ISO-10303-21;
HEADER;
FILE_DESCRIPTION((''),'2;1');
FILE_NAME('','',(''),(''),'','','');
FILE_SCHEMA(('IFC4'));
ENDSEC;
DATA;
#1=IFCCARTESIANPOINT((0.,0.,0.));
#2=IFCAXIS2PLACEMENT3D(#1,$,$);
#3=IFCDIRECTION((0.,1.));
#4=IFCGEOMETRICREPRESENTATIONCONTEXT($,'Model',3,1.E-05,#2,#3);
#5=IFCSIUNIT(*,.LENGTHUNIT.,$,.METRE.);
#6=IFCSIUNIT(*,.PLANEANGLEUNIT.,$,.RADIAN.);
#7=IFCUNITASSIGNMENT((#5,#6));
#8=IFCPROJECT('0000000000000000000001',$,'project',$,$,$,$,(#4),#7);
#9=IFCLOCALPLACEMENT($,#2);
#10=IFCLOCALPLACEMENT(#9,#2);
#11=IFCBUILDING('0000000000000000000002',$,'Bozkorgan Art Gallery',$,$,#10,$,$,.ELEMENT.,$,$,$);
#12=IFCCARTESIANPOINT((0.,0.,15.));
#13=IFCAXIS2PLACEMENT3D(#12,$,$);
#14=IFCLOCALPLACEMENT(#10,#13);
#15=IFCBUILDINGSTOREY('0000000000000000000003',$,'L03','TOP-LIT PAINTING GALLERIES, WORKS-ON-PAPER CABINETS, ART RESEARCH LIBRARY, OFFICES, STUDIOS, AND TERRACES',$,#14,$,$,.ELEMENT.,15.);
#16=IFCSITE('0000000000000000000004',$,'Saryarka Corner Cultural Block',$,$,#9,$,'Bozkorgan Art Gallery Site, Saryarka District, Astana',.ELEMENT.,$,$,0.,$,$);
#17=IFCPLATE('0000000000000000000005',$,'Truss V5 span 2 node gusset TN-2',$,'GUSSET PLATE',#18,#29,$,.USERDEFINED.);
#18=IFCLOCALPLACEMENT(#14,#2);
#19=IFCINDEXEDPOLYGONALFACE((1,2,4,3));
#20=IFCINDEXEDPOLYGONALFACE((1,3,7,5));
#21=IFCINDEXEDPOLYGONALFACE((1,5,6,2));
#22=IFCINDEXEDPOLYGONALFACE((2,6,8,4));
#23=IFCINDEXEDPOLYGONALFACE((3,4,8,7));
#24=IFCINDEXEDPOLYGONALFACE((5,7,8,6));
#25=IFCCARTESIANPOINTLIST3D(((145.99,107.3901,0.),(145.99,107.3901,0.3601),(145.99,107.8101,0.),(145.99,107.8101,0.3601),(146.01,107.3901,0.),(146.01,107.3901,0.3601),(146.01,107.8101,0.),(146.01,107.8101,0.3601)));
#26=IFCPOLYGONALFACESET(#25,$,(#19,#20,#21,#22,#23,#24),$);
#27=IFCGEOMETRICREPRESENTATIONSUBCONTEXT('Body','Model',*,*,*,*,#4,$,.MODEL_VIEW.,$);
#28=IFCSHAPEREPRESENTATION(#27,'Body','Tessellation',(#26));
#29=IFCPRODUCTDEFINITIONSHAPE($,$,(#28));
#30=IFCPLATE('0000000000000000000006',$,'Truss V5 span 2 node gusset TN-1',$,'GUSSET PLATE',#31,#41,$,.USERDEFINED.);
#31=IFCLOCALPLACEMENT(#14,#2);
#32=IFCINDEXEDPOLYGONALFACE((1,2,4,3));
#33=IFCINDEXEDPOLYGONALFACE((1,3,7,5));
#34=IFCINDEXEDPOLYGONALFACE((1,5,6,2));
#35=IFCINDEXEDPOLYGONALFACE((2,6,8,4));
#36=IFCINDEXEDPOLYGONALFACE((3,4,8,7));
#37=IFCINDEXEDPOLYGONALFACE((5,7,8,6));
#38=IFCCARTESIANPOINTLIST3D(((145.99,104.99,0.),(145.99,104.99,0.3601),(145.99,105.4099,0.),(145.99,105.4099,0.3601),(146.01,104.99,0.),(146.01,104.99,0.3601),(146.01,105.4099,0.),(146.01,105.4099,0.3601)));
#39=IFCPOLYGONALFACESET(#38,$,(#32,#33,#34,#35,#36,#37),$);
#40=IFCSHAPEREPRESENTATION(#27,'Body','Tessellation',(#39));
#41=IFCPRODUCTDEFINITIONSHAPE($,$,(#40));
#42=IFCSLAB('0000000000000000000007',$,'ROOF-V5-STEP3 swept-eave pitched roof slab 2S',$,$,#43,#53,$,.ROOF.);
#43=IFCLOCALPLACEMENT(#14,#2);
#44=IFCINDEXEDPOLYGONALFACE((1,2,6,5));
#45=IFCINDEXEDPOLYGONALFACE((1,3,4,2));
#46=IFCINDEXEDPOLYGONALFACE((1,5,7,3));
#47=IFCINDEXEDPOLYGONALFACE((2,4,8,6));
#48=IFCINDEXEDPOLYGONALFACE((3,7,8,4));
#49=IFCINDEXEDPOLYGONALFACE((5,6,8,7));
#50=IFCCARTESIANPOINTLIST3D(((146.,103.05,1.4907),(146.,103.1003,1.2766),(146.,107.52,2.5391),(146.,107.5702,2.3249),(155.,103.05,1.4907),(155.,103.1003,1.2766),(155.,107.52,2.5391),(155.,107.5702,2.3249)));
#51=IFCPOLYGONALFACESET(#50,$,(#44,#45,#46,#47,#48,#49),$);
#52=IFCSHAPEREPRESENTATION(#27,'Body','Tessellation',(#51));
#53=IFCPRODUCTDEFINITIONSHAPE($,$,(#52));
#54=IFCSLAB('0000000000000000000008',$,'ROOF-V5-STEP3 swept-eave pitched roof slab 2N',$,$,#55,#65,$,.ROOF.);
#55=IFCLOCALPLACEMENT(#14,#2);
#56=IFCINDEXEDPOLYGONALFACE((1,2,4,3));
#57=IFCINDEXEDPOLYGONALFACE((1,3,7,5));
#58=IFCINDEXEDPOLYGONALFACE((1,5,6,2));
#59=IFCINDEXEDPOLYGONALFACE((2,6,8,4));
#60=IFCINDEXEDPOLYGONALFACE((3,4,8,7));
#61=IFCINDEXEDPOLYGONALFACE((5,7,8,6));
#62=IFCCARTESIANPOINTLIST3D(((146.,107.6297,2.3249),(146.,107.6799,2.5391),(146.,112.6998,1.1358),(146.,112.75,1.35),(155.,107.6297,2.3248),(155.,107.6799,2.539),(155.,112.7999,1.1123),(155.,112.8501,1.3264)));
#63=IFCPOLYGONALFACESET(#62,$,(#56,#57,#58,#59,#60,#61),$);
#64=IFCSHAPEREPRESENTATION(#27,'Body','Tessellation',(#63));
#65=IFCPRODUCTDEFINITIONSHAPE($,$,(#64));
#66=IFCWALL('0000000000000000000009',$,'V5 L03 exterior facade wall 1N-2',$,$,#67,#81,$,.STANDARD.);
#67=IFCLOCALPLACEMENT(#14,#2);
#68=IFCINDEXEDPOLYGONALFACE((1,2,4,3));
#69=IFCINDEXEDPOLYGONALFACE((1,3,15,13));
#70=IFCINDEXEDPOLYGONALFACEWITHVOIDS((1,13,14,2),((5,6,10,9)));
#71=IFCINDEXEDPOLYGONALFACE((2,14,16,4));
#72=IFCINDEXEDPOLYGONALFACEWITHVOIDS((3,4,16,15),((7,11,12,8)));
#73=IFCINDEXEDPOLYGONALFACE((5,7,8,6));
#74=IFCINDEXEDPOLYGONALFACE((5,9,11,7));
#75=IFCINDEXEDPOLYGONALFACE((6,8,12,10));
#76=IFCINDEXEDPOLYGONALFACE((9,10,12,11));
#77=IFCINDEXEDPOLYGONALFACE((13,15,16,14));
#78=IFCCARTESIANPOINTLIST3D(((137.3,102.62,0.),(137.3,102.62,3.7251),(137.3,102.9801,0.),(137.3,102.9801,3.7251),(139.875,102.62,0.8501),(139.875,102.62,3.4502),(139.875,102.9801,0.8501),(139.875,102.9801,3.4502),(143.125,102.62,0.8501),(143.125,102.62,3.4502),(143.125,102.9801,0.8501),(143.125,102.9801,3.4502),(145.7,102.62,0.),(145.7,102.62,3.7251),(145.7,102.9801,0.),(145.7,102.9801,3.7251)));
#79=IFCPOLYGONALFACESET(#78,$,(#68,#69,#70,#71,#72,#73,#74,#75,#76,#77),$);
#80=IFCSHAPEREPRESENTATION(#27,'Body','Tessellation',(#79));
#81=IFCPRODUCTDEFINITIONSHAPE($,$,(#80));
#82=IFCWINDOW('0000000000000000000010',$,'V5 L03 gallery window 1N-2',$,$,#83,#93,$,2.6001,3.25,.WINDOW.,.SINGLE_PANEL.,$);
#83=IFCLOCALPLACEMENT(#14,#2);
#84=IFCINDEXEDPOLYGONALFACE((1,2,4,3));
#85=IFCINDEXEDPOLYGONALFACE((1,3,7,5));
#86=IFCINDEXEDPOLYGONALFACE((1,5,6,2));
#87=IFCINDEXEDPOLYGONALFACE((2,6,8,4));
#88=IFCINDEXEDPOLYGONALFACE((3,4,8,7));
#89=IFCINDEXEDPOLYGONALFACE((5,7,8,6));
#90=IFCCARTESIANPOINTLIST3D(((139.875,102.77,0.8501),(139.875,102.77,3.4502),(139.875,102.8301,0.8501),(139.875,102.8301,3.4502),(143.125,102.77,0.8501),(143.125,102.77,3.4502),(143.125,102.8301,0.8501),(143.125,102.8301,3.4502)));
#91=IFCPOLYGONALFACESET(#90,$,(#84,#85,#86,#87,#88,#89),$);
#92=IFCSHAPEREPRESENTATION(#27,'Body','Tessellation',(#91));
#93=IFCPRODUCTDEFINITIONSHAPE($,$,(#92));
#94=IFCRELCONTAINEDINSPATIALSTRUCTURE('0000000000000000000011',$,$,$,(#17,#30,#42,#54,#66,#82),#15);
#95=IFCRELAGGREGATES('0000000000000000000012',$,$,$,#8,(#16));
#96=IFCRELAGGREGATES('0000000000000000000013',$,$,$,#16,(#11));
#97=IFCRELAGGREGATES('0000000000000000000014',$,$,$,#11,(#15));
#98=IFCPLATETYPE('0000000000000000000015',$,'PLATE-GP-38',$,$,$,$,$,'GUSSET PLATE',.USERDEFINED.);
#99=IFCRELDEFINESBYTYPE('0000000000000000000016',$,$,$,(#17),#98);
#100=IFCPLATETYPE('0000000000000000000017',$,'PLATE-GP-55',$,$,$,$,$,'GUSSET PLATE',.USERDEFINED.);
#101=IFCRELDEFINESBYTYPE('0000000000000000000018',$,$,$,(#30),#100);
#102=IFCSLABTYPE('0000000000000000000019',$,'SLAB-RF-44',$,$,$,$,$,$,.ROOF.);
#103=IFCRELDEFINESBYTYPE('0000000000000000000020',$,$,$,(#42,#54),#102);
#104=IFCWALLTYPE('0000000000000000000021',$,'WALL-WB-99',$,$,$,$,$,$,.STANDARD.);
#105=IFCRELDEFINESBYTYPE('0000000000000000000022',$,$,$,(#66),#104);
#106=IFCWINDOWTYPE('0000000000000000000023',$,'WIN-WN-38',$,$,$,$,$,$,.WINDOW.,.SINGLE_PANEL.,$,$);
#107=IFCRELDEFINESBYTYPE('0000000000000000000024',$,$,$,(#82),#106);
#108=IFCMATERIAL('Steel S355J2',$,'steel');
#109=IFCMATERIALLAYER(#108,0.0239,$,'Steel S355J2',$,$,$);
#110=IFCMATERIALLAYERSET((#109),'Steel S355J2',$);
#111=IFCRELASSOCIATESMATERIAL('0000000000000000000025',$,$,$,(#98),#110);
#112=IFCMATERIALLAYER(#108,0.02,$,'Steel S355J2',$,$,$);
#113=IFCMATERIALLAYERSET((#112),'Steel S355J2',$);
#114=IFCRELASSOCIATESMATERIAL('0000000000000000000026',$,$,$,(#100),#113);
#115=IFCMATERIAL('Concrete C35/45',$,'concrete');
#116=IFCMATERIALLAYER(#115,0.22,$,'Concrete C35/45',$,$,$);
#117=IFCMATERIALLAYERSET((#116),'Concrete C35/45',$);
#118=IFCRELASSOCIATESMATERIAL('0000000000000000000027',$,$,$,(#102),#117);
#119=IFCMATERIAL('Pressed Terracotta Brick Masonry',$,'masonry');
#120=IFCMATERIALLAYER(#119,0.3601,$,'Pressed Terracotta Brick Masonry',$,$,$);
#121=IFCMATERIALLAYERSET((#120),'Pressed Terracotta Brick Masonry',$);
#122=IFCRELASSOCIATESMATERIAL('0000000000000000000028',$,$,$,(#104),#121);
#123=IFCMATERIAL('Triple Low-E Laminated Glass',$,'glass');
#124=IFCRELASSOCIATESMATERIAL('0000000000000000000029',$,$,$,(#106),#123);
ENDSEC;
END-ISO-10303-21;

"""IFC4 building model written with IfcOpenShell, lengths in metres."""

from ifc_helpers import new_model, si_unit, direction, frame, frame_2d, origin, origin_2d, place, context, subcontext, project, spatial, polyline, rectangle, outline, extrude, material, layer, layer_set, type_object, element, fill, save


model = new_model("IFC4")

# Units and contexts
model_context = context("Model", 3, precision=1e-05, world=origin(), true_north=direction((0.0, 1.0)))
body_context = subcontext(model_context, "Body", "Model", "MODEL_VIEW")
ifc_project = project(units=[si_unit("LENGTHUNIT", "METRE"), si_unit("PLANEANGLEUNIT", "RADIAN")], contexts=[model_context])

# Site, building, storey
site_placement = place(None, origin())
site = spatial("IfcSite", under=ifc_project, at=site_placement, Name="Saryarka Corner Cultural Block", LongName="Bozkorgan Art Gallery Site, Saryarka District, Astana", CompositionType="ELEMENT", RefElevation=0.0)
building_placement = place(site_placement, origin())
building = spatial("IfcBuilding", under=site, at=building_placement, Name="Bozkorgan Art Gallery", CompositionType="ELEMENT")
storey_placement = place(building_placement, frame((0.0, 0.0, 15.0)))
storey = spatial("IfcBuildingStorey", under=building, at=storey_placement, Name="L03", Description="TOP-LIT PAINTING GALLERIES, WORKS-ON-PAPER CABINETS, ART RESEARCH LIBRARY, OFFICES, STUDIOS, AND TERRACES", CompositionType="ELEMENT", Elevation=15.0)

# Shared definitions
ifc_material_1 = material(Name="Steel S355J2", Category="steel")

# Plates
ifc_layer_1 = layer(ifc_material_1, 0.0239, Name="Steel S355J2")
ifc_layer_set_1 = layer_set([ifc_layer_1], Name="Steel S355J2")
plate_type_1 = type_object("IfcPlateType", Name="PLATE-GP-38", ElementType="GUSSET PLATE", PredefinedType="USERDEFINED", material=ifc_layer_set_1)
plate_1_placement = place(storey_placement, frame((146.0, 107.6001, 0.0), z_axis=(0.0, 0.0, 1.0), x_axis=(1.0, 0.0, 0.0)))
element("IfcPlate", 1, at=plate_1_placement, inside=storey, type_object=plate_type_1, Name="Truss V5 span 2 node gusset TN-2", ObjectType="GUSSET PLATE", PredefinedType="USERDEFINED", context=body_context, shape_type="SweptSolid", body=[
    extrude(rectangle(XDim=0.02, YDim=0.4199, at=origin_2d()), origin(), (0.0, 0.0, 1.0), 0.3601),
])
ifc_layer_2 = layer(ifc_material_1, 0.02, Name="Steel S355J2")
ifc_layer_set_2 = layer_set([ifc_layer_2], Name="Steel S355J2")
plate_type_2 = type_object("IfcPlateType", Name="PLATE-GP-55", ElementType="GUSSET PLATE", PredefinedType="USERDEFINED", material=ifc_layer_set_2)
plate_2_placement = place(storey_placement, frame((146.0, 105.2, 0.0), z_axis=(0.0, 0.0, 1.0), x_axis=(1.0, 0.0, 0.0)))
element("IfcPlate", 2, at=plate_2_placement, inside=storey, type_object=plate_type_2, Name="Truss V5 span 2 node gusset TN-1", ObjectType="GUSSET PLATE", PredefinedType="USERDEFINED", context=body_context, shape_type="SweptSolid", body=[
    extrude(rectangle(XDim=0.02, YDim=0.4199, at=origin_2d()), origin(), (0.0, 0.0, 1.0), 0.3601),
])

# Slabs
ifc_material_2 = material(Name="Concrete C35/45", Category="concrete")
ifc_layer_3 = layer(ifc_material_2, 0.22, Name="Concrete C35/45")
ifc_layer_set_3 = layer_set([ifc_layer_3], Name="Concrete C35/45")
slab_type = type_object("IfcSlabType", Name="SLAB-RF-44", PredefinedType="ROOF", material=ifc_layer_set_3)
slab_1_placement = place(storey_placement, frame((146.0, 103.05, 1.4907), z_axis=(0.0, -0.228334, 0.973583), x_axis=(1.0, 0.0, 0.0)))
element("IfcSlab", 3, at=slab_1_placement, inside=storey, type_object=slab_type, Name="ROOF-V5-STEP3 swept-eave pitched roof slab 2S", PredefinedType="ROOF", context=body_context, shape_type="SweptSolid", body=[
    extrude(outline(polyline([(0.0, 0.0), (9.0, 0.0), (9.0, 4.5913), (0.0, 4.5913), (0.0, 0.0)])), origin(), (0.0, 0.0, -1.0), 0.22),
])
slab_2_placement = place(storey_placement, frame((146.0, 107.6799, 2.5391), z_axis=(0.000011, 0.228332, 0.973583), x_axis=(1.0, -0.000003, -0.000011)))
element("IfcSlab", 4, at=slab_2_placement, inside=storey, type_object=slab_type, Name="ROOF-V5-STEP3 swept-eave pitched roof slab 2N", PredefinedType="ROOF", context=body_context, shape_type="SweptSolid", body=[
    extrude(outline(polyline([(0.0, 0.0), (9.0, 0.0), (9.0, 5.3105), (0.0, 5.2076), (0.0, 0.0)])), origin(), (0.0, 0.0, -1.0), 0.22),
])

# Wall, opening, window
ifc_material_3 = material(Name="Pressed Terracotta Brick Masonry", Category="masonry")
ifc_layer_4 = layer(ifc_material_3, 0.3601, Name="Pressed Terracotta Brick Masonry")
ifc_layer_set_4 = layer_set([ifc_layer_4], Name="Pressed Terracotta Brick Masonry")
wall_type = type_object("IfcWallType", Name="WALL-WB-99", PredefinedType="STANDARD", material=ifc_layer_set_4)
wall_placement = place(storey_placement, frame((137.3, 102.8, 0.0), z_axis=(0.0, 0.0, 1.0), x_axis=(1.0, 0.0, 0.0)))
wall = element("IfcWall", 5, at=wall_placement, inside=storey, type_object=wall_type, Name="V5 L03 exterior facade wall 1N-2", PredefinedType="STANDARD", context=body_context, shape_type="SweptSolid", body=[
    extrude(rectangle(XDim=8.3999, YDim=0.3601, at=frame_2d((4.2, 0.0))), origin(), (0.0, 0.0, 1.0), 3.7251),
])
opening_placement = place(wall_placement, frame((2.575, 0.0, 0.8501)))
opening = element("IfcOpeningElement", 6, at=opening_placement, cuts=wall, PredefinedType="OPENING", context=body_context, shape_type="SweptSolid", body=[
    extrude(rectangle(XDim=3.25, YDim=2.6001, at=frame_2d((1.625, 1.3))), frame((0.0, 0.1899, 0.0), z_axis=(0.0, -1.0, 0.0), x_axis=(1.0, 0.0, 0.0)), (0.0, 0.0, 1.0), 0.3801),
])
ifc_material_4 = material(Name="Triple Low-E Laminated Glass", Category="glass")
window_type = type_object("IfcWindowType", Name="WIN-WN-38", PartitioningType="SINGLE_PANEL", PredefinedType="WINDOW", material=ifc_material_4)
window_placement = place(opening_placement, origin())
window = element("IfcWindow", 7, at=window_placement, inside=storey, type_object=window_type, Name="V5 L03 gallery window 1N-2", OverallHeight=2.6001, OverallWidth=3.25, PartitioningType="SINGLE_PANEL", PredefinedType="WINDOW", context=body_context, shape_type="SweptSolid", body=[
    extrude(rectangle(XDim=3.25, YDim=2.6001, at=frame_2d((1.625, 1.3))), frame((0.0, 0.03, 0.0), z_axis=(0.0, -1.0, 0.0), x_axis=(1.0, 0.0, 0.0)), (0.0, 0.0, 1.0), 0.0601),
])
fill(opening, window)

save(model, "model.ifc")
